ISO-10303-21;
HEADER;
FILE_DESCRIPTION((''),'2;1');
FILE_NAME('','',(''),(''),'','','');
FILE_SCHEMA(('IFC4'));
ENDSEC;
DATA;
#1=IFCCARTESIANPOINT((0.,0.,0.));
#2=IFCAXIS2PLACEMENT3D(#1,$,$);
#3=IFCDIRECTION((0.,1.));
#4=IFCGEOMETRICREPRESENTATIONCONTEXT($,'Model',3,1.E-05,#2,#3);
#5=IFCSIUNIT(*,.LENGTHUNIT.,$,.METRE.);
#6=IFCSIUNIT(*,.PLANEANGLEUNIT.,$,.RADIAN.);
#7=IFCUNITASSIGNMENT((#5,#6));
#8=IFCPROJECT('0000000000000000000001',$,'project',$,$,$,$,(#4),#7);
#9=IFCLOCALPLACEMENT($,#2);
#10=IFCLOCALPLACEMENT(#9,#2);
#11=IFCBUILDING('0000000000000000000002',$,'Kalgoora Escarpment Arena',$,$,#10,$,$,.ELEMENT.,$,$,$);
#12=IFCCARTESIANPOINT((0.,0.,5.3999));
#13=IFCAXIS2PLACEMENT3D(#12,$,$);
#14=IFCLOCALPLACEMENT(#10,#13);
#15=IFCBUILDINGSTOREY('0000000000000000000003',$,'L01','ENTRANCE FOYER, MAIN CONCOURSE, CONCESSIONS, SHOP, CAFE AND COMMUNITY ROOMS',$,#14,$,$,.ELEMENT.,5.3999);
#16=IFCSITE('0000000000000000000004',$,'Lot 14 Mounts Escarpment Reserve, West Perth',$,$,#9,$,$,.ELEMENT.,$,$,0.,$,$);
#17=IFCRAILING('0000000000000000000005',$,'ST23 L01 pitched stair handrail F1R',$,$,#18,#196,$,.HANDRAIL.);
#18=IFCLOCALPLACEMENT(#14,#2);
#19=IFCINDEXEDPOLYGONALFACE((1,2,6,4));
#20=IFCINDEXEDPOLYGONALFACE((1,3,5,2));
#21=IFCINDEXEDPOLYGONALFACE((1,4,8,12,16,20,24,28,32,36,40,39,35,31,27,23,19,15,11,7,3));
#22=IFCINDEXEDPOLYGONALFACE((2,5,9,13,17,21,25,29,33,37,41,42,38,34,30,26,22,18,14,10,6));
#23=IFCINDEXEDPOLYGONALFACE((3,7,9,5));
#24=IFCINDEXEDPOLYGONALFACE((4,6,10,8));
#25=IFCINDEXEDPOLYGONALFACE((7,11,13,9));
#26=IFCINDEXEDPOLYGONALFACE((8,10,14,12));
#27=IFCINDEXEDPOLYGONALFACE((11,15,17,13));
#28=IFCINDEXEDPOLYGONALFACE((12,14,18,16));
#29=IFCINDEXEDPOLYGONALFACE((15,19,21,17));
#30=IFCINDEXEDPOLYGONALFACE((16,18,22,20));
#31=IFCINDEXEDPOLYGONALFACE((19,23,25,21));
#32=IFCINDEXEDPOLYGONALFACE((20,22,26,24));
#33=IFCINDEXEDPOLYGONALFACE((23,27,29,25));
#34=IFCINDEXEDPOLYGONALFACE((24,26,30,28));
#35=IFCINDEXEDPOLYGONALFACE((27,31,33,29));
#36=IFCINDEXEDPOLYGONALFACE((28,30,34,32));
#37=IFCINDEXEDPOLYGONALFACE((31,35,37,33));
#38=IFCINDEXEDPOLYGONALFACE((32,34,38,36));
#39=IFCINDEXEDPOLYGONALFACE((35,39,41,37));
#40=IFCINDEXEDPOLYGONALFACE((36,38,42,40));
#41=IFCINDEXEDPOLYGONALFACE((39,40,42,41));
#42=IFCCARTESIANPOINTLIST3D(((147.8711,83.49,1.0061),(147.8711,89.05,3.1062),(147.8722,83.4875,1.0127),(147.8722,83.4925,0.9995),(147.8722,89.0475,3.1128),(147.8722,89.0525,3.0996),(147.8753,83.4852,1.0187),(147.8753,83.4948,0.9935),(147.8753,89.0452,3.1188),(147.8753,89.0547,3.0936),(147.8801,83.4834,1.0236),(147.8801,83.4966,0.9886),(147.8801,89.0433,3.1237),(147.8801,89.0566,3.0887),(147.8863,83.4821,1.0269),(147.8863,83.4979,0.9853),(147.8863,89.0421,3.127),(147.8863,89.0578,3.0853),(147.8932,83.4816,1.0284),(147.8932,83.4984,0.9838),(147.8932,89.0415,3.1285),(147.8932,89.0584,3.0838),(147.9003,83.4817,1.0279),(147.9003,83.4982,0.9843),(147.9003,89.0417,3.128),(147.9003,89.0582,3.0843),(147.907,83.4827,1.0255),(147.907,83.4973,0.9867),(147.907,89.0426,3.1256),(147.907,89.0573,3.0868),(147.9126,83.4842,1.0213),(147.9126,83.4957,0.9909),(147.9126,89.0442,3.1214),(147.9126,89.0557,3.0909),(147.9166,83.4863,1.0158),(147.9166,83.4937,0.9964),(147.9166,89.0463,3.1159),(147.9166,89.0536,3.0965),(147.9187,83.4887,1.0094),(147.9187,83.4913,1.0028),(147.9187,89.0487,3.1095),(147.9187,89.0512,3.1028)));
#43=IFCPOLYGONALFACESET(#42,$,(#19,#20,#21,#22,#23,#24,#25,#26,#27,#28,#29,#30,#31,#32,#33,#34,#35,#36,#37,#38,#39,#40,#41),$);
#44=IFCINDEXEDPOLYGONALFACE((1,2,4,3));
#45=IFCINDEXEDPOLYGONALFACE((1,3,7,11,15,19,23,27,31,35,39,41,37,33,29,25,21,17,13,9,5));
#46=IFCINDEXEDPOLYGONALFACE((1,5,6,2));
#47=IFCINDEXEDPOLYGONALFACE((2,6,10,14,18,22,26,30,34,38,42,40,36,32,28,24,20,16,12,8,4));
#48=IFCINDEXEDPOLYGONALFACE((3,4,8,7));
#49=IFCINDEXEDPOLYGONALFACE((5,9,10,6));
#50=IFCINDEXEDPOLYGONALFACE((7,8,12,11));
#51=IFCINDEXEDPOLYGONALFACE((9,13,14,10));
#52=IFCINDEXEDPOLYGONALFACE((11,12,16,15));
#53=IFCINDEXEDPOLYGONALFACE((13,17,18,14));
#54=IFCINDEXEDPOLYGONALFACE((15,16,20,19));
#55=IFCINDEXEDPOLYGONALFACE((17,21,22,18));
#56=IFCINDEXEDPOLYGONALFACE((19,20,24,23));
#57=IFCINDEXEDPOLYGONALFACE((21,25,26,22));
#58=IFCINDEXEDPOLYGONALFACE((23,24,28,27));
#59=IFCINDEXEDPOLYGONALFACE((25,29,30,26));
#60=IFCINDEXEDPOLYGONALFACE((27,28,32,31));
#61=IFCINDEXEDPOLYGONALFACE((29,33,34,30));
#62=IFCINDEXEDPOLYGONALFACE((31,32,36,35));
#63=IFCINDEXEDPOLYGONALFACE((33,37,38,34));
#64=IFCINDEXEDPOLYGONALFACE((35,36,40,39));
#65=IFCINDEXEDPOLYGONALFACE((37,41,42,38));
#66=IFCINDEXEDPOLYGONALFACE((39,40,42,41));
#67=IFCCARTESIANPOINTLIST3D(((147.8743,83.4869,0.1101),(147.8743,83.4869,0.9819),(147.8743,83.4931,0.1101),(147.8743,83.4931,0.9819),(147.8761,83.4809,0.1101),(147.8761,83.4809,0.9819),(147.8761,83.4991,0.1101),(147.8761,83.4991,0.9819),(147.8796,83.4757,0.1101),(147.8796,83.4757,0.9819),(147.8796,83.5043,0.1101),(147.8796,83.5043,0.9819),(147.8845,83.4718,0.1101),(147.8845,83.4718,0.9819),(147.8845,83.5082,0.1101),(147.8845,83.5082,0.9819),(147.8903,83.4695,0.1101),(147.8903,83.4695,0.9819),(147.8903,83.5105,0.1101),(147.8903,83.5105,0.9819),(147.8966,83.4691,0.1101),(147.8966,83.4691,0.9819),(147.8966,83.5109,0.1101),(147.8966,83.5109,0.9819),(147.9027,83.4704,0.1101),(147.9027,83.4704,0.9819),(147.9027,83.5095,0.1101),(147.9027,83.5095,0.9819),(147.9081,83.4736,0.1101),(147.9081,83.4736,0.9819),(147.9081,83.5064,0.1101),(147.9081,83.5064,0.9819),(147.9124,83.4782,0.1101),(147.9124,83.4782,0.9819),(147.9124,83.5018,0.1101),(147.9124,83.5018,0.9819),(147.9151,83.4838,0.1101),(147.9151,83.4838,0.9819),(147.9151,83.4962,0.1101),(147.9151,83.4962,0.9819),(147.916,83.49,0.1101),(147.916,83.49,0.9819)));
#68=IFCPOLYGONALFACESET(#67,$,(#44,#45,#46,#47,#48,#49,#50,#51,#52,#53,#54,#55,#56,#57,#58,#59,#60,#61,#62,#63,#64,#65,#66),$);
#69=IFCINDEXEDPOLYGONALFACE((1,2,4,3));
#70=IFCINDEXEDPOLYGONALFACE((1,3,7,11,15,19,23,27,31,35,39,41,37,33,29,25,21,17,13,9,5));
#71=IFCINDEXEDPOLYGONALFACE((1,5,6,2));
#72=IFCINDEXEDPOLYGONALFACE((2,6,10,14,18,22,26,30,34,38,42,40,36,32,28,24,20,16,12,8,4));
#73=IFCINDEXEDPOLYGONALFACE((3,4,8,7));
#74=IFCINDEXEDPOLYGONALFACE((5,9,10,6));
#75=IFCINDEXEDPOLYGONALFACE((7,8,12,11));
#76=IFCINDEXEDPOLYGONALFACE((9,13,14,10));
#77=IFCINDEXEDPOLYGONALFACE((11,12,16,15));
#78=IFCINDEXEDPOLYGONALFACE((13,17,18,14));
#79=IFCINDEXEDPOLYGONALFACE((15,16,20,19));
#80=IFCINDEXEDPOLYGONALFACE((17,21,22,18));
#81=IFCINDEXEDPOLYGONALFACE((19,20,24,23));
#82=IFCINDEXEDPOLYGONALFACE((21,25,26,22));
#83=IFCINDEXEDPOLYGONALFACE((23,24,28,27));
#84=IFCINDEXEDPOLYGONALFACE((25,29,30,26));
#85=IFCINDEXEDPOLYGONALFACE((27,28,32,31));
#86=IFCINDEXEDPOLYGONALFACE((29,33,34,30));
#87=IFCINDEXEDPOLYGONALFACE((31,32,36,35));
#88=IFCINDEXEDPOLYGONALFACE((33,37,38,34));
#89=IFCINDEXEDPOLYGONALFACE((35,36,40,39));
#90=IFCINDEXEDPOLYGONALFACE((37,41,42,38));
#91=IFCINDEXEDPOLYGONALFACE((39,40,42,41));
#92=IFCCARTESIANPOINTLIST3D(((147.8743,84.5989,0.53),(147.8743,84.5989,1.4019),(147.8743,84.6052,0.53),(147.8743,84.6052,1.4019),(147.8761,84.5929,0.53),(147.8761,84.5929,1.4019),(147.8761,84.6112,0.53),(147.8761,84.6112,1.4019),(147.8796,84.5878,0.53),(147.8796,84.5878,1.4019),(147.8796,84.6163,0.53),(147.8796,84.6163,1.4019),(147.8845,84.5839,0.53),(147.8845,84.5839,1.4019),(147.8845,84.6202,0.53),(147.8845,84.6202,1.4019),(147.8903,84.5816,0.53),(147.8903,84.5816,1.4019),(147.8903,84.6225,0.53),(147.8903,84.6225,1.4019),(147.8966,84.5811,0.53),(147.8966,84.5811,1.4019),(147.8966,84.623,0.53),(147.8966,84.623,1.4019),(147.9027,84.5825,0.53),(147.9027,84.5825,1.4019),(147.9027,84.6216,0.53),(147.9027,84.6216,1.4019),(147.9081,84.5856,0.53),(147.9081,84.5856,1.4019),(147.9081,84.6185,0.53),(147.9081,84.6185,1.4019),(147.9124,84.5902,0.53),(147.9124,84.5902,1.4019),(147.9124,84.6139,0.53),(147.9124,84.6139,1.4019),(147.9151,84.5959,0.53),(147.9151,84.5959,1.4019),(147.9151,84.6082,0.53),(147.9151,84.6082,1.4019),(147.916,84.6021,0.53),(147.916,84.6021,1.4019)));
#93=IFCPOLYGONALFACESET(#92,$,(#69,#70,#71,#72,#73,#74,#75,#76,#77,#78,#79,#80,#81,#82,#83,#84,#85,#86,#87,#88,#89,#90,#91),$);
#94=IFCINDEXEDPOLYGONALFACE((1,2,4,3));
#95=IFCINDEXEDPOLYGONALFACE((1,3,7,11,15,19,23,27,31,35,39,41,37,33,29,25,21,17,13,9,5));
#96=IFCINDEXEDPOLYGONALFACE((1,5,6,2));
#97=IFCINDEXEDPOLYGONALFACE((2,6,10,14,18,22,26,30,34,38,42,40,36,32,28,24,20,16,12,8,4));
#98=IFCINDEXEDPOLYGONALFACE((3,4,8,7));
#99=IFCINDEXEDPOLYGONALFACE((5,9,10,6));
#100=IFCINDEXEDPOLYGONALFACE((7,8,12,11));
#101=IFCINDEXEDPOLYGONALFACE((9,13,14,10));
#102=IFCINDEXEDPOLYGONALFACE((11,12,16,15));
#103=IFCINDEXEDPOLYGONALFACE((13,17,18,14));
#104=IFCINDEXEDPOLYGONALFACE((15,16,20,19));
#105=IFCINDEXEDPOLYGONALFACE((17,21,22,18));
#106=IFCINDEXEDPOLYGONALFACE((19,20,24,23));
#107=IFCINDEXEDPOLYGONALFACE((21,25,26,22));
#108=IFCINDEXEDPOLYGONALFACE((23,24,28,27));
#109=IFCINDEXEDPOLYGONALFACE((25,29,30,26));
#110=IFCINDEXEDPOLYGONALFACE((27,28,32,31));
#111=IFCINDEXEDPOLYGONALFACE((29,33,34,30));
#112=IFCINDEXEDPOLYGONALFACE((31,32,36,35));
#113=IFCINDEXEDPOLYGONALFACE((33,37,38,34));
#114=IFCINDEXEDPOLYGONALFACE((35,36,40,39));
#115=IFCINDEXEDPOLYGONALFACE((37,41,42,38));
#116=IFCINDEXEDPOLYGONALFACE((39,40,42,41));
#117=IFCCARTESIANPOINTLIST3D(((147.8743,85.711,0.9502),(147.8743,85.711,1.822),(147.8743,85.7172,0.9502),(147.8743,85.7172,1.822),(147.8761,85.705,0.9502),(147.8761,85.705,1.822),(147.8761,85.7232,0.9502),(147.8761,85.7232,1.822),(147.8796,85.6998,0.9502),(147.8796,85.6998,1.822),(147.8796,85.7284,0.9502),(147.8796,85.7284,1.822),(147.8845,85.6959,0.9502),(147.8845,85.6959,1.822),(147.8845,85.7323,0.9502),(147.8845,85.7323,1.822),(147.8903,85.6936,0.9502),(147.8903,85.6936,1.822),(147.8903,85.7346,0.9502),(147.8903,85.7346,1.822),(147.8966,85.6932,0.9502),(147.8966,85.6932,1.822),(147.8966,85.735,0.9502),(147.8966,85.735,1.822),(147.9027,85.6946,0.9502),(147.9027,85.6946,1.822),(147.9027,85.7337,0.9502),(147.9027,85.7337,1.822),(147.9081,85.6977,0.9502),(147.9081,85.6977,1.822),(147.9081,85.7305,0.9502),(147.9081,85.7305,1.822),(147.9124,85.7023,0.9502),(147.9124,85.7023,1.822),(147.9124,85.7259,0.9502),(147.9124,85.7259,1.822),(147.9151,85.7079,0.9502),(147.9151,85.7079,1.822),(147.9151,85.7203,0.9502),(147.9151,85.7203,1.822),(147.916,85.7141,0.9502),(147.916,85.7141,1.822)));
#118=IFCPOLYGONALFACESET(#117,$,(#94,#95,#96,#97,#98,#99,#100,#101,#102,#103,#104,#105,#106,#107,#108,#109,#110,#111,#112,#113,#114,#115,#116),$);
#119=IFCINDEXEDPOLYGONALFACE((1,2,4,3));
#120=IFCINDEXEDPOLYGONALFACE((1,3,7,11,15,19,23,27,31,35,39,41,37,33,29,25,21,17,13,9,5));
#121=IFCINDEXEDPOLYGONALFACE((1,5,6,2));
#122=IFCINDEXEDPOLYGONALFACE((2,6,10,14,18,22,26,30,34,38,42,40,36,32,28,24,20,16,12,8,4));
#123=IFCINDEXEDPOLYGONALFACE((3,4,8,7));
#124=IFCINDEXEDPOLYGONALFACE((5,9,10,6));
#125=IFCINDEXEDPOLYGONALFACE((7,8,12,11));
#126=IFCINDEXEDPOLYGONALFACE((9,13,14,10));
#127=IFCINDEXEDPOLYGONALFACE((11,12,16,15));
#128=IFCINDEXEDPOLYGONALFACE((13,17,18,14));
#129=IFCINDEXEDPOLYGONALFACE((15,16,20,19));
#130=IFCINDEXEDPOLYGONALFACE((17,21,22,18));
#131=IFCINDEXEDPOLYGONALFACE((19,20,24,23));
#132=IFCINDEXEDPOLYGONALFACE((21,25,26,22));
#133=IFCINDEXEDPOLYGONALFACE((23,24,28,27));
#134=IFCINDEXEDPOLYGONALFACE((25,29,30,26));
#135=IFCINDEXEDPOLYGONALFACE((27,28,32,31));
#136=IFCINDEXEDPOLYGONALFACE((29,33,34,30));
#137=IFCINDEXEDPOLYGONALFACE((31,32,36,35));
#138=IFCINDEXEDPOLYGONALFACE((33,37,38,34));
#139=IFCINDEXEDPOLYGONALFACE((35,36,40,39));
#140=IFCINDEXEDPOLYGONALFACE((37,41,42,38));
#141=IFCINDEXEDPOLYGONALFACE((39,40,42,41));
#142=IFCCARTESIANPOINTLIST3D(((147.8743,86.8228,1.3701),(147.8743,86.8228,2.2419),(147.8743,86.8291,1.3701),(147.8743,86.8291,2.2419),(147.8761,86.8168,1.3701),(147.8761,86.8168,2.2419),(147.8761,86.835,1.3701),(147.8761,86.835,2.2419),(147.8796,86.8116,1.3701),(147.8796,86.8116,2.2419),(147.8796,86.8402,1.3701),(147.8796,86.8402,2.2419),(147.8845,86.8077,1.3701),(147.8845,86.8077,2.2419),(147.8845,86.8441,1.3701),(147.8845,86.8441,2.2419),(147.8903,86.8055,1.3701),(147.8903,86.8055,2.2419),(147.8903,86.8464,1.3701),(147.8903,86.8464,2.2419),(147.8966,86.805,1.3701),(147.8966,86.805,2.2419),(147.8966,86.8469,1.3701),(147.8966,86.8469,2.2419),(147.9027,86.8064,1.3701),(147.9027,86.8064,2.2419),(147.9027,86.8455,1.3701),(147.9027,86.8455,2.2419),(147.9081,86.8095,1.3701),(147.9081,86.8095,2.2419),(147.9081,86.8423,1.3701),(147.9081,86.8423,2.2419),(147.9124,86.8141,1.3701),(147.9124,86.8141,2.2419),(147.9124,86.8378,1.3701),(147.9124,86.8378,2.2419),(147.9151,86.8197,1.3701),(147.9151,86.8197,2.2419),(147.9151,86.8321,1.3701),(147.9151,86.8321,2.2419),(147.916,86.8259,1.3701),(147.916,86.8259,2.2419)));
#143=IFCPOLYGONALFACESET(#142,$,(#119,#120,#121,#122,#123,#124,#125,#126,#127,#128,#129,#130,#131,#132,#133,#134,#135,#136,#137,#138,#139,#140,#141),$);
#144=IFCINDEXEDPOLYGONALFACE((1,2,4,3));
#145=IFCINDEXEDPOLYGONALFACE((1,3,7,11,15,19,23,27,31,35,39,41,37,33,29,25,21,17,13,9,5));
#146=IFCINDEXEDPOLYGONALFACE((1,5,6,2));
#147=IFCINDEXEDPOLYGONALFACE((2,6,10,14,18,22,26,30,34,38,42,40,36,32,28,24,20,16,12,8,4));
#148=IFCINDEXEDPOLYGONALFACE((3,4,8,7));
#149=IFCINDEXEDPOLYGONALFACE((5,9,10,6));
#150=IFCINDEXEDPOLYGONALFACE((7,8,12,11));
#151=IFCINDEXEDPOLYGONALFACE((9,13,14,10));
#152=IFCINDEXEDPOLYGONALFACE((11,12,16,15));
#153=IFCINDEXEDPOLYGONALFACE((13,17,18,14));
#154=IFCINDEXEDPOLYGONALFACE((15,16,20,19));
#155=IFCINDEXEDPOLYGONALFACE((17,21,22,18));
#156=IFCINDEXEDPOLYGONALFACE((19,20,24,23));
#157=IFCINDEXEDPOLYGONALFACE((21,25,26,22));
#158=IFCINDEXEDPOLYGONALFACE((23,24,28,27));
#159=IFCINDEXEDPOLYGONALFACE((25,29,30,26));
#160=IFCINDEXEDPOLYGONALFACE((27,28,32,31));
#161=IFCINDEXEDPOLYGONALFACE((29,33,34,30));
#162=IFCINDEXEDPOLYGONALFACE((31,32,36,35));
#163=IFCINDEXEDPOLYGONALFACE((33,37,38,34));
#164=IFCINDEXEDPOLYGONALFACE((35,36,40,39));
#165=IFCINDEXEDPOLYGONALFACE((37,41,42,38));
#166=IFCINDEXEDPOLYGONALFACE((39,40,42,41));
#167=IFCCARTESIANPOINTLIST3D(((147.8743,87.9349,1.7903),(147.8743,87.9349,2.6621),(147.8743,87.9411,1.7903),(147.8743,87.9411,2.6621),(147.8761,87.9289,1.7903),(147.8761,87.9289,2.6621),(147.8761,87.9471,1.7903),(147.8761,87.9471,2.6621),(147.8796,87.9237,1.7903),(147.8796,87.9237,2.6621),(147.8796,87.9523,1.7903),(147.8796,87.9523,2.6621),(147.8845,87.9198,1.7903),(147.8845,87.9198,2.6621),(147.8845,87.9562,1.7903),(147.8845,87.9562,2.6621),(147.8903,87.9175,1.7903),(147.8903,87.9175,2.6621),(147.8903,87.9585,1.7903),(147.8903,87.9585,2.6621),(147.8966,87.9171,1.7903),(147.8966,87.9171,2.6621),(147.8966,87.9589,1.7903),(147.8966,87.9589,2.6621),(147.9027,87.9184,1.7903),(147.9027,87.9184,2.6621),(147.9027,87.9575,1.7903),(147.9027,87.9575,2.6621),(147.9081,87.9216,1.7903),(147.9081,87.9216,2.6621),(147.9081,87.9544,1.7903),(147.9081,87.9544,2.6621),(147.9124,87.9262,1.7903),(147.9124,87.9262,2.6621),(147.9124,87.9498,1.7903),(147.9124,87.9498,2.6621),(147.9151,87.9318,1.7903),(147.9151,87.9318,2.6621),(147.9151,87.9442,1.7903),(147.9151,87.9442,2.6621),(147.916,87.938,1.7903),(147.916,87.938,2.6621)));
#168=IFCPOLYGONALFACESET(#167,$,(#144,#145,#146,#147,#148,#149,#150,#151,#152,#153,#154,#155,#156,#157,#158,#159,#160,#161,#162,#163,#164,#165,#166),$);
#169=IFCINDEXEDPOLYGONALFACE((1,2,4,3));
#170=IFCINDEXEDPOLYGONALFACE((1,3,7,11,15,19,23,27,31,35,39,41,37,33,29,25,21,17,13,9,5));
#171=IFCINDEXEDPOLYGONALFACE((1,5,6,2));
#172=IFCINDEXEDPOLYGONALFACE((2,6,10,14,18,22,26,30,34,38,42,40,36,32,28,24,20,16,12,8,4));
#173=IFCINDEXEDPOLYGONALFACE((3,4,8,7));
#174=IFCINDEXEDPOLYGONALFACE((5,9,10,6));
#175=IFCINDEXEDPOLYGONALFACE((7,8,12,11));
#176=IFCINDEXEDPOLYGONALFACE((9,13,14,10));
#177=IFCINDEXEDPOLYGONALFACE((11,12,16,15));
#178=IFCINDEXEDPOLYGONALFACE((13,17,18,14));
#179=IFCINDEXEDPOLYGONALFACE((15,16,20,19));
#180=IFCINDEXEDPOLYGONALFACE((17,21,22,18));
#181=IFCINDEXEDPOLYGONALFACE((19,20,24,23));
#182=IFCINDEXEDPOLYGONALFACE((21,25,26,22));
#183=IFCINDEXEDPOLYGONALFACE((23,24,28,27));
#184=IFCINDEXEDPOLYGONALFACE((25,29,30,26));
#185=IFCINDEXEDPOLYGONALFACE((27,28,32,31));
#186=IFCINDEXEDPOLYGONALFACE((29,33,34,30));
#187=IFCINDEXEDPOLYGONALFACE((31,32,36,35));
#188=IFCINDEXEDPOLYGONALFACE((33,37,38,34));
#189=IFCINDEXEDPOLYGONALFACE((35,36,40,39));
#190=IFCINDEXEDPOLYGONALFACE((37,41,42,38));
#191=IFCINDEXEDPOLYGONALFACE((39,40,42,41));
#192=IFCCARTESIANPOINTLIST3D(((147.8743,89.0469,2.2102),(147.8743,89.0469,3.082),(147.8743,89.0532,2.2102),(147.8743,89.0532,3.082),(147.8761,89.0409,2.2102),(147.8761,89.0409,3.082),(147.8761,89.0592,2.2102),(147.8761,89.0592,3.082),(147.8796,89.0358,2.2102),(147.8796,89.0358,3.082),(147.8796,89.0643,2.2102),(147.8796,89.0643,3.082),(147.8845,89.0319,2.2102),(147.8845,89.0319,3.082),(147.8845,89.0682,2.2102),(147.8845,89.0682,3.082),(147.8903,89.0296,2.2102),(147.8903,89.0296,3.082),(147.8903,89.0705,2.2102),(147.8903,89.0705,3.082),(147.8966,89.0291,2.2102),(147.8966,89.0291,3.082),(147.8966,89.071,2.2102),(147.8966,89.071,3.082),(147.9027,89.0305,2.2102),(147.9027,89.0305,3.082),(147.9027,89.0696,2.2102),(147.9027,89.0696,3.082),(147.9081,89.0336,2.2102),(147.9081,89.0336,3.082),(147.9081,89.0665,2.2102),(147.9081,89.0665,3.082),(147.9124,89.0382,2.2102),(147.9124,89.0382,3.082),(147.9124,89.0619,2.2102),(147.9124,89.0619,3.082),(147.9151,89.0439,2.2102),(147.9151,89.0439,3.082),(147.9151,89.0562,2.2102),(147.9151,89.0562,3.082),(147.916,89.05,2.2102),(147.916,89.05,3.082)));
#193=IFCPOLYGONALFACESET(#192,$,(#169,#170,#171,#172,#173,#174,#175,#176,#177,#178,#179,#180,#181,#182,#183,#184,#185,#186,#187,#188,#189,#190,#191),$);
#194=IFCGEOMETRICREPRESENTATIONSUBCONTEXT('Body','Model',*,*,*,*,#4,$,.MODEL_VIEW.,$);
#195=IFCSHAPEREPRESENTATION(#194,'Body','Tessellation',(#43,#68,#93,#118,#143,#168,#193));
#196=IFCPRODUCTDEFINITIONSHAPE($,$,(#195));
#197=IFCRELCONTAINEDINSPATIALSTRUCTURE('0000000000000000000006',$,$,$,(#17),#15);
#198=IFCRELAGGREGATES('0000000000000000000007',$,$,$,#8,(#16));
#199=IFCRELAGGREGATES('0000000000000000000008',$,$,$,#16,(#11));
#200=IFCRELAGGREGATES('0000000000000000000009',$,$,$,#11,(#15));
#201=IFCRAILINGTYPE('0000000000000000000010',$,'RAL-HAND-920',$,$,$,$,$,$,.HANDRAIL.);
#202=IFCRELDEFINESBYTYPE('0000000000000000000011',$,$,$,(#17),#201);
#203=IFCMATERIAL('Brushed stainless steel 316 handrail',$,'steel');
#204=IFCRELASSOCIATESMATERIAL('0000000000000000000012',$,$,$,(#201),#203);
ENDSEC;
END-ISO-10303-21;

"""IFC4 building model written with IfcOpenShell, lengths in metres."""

from ifc_helpers import new_model, si_unit, direction, frame, origin, origin_2d, place, context, subcontext, project, spatial, circle, extrude, material, type_object, element, save


model = new_model("IFC4")

# Units and contexts
model_context = context("Model", 3, precision=1e-05, world=origin(), true_north=direction((0.0, 1.0)))
body_context = subcontext(model_context, "Body", "Model", "MODEL_VIEW")
ifc_project = project(units=[si_unit("LENGTHUNIT", "METRE"), si_unit("PLANEANGLEUNIT", "RADIAN")], contexts=[model_context])

# Site, building, storey
site_placement = place(None, origin())
site = spatial("IfcSite", under=ifc_project, at=site_placement, Name="Lot 14 Mounts Escarpment Reserve, West Perth", CompositionType="ELEMENT", RefElevation=0.0)
building_placement = place(site_placement, origin())
building = spatial("IfcBuilding", under=site, at=building_placement, Name="Kalgoora Escarpment Arena", CompositionType="ELEMENT")
storey_placement = place(building_placement, frame((0.0, 0.0, 5.3999)))
storey = spatial("IfcBuildingStorey", under=building, at=storey_placement, Name="L01", Description="ENTRANCE FOYER, MAIN CONCOURSE, CONCESSIONS, SHOP, CAFE AND COMMUNITY ROOMS", CompositionType="ELEMENT", Elevation=5.3999)

# Railing
ifc_material_1 = material(Name="Brushed stainless steel 316 handrail", Category="steel")
railing_type_1 = type_object("IfcRailingType", Name="RAL-HAND-920", PredefinedType="HANDRAIL", material=ifc_material_1)
for number, where, name in (
    (1, (147.895, 83.49, 0.1101), "ST23 L01 pitched stair handrail F1R"),
):
    element("IfcRailing", number, at=place(storey_placement, frame(where)), inside=storey, type_object=railing_type_1, Name=name, PredefinedType="HANDRAIL", context=body_context, shape_type="SweptSolid", body=[
        extrude(circle(Radius=0.0239, at=origin_2d()), frame((0.0, 0.0, 0.896), z_axis=(0.0, 0.935493, 0.353346), x_axis=(-1.0, 0.0, 0.0)), (0.0, 0.0, 1.0), 5.9434),
        extrude(circle(Radius=0.021, at=origin_2d()), origin(), (0.0, 0.0, 1.0), 0.8718),
        extrude(circle(Radius=0.021, at=origin_2d()), frame((0.0, 1.1121, 0.4199)), (0.0, 0.0, 1.0), 0.8718),
        extrude(circle(Radius=0.021, at=origin_2d()), frame((0.0, 2.2241, 0.8401)), (0.0, 0.0, 1.0), 0.8718),
        extrude(circle(Radius=0.021, at=origin_2d()), frame((0.0, 3.3359, 1.26)), (0.0, 0.0, 1.0), 0.8718),
        extrude(circle(Radius=0.021, at=origin_2d()), frame((0.0, 4.448, 1.6802)), (0.0, 0.0, 1.0), 0.8718),
        extrude(circle(Radius=0.021, at=origin_2d()), frame((0.0, 5.5601, 2.1001)), (0.0, 0.0, 1.0), 0.8718),
    ])

save(model, "model.ifc")
